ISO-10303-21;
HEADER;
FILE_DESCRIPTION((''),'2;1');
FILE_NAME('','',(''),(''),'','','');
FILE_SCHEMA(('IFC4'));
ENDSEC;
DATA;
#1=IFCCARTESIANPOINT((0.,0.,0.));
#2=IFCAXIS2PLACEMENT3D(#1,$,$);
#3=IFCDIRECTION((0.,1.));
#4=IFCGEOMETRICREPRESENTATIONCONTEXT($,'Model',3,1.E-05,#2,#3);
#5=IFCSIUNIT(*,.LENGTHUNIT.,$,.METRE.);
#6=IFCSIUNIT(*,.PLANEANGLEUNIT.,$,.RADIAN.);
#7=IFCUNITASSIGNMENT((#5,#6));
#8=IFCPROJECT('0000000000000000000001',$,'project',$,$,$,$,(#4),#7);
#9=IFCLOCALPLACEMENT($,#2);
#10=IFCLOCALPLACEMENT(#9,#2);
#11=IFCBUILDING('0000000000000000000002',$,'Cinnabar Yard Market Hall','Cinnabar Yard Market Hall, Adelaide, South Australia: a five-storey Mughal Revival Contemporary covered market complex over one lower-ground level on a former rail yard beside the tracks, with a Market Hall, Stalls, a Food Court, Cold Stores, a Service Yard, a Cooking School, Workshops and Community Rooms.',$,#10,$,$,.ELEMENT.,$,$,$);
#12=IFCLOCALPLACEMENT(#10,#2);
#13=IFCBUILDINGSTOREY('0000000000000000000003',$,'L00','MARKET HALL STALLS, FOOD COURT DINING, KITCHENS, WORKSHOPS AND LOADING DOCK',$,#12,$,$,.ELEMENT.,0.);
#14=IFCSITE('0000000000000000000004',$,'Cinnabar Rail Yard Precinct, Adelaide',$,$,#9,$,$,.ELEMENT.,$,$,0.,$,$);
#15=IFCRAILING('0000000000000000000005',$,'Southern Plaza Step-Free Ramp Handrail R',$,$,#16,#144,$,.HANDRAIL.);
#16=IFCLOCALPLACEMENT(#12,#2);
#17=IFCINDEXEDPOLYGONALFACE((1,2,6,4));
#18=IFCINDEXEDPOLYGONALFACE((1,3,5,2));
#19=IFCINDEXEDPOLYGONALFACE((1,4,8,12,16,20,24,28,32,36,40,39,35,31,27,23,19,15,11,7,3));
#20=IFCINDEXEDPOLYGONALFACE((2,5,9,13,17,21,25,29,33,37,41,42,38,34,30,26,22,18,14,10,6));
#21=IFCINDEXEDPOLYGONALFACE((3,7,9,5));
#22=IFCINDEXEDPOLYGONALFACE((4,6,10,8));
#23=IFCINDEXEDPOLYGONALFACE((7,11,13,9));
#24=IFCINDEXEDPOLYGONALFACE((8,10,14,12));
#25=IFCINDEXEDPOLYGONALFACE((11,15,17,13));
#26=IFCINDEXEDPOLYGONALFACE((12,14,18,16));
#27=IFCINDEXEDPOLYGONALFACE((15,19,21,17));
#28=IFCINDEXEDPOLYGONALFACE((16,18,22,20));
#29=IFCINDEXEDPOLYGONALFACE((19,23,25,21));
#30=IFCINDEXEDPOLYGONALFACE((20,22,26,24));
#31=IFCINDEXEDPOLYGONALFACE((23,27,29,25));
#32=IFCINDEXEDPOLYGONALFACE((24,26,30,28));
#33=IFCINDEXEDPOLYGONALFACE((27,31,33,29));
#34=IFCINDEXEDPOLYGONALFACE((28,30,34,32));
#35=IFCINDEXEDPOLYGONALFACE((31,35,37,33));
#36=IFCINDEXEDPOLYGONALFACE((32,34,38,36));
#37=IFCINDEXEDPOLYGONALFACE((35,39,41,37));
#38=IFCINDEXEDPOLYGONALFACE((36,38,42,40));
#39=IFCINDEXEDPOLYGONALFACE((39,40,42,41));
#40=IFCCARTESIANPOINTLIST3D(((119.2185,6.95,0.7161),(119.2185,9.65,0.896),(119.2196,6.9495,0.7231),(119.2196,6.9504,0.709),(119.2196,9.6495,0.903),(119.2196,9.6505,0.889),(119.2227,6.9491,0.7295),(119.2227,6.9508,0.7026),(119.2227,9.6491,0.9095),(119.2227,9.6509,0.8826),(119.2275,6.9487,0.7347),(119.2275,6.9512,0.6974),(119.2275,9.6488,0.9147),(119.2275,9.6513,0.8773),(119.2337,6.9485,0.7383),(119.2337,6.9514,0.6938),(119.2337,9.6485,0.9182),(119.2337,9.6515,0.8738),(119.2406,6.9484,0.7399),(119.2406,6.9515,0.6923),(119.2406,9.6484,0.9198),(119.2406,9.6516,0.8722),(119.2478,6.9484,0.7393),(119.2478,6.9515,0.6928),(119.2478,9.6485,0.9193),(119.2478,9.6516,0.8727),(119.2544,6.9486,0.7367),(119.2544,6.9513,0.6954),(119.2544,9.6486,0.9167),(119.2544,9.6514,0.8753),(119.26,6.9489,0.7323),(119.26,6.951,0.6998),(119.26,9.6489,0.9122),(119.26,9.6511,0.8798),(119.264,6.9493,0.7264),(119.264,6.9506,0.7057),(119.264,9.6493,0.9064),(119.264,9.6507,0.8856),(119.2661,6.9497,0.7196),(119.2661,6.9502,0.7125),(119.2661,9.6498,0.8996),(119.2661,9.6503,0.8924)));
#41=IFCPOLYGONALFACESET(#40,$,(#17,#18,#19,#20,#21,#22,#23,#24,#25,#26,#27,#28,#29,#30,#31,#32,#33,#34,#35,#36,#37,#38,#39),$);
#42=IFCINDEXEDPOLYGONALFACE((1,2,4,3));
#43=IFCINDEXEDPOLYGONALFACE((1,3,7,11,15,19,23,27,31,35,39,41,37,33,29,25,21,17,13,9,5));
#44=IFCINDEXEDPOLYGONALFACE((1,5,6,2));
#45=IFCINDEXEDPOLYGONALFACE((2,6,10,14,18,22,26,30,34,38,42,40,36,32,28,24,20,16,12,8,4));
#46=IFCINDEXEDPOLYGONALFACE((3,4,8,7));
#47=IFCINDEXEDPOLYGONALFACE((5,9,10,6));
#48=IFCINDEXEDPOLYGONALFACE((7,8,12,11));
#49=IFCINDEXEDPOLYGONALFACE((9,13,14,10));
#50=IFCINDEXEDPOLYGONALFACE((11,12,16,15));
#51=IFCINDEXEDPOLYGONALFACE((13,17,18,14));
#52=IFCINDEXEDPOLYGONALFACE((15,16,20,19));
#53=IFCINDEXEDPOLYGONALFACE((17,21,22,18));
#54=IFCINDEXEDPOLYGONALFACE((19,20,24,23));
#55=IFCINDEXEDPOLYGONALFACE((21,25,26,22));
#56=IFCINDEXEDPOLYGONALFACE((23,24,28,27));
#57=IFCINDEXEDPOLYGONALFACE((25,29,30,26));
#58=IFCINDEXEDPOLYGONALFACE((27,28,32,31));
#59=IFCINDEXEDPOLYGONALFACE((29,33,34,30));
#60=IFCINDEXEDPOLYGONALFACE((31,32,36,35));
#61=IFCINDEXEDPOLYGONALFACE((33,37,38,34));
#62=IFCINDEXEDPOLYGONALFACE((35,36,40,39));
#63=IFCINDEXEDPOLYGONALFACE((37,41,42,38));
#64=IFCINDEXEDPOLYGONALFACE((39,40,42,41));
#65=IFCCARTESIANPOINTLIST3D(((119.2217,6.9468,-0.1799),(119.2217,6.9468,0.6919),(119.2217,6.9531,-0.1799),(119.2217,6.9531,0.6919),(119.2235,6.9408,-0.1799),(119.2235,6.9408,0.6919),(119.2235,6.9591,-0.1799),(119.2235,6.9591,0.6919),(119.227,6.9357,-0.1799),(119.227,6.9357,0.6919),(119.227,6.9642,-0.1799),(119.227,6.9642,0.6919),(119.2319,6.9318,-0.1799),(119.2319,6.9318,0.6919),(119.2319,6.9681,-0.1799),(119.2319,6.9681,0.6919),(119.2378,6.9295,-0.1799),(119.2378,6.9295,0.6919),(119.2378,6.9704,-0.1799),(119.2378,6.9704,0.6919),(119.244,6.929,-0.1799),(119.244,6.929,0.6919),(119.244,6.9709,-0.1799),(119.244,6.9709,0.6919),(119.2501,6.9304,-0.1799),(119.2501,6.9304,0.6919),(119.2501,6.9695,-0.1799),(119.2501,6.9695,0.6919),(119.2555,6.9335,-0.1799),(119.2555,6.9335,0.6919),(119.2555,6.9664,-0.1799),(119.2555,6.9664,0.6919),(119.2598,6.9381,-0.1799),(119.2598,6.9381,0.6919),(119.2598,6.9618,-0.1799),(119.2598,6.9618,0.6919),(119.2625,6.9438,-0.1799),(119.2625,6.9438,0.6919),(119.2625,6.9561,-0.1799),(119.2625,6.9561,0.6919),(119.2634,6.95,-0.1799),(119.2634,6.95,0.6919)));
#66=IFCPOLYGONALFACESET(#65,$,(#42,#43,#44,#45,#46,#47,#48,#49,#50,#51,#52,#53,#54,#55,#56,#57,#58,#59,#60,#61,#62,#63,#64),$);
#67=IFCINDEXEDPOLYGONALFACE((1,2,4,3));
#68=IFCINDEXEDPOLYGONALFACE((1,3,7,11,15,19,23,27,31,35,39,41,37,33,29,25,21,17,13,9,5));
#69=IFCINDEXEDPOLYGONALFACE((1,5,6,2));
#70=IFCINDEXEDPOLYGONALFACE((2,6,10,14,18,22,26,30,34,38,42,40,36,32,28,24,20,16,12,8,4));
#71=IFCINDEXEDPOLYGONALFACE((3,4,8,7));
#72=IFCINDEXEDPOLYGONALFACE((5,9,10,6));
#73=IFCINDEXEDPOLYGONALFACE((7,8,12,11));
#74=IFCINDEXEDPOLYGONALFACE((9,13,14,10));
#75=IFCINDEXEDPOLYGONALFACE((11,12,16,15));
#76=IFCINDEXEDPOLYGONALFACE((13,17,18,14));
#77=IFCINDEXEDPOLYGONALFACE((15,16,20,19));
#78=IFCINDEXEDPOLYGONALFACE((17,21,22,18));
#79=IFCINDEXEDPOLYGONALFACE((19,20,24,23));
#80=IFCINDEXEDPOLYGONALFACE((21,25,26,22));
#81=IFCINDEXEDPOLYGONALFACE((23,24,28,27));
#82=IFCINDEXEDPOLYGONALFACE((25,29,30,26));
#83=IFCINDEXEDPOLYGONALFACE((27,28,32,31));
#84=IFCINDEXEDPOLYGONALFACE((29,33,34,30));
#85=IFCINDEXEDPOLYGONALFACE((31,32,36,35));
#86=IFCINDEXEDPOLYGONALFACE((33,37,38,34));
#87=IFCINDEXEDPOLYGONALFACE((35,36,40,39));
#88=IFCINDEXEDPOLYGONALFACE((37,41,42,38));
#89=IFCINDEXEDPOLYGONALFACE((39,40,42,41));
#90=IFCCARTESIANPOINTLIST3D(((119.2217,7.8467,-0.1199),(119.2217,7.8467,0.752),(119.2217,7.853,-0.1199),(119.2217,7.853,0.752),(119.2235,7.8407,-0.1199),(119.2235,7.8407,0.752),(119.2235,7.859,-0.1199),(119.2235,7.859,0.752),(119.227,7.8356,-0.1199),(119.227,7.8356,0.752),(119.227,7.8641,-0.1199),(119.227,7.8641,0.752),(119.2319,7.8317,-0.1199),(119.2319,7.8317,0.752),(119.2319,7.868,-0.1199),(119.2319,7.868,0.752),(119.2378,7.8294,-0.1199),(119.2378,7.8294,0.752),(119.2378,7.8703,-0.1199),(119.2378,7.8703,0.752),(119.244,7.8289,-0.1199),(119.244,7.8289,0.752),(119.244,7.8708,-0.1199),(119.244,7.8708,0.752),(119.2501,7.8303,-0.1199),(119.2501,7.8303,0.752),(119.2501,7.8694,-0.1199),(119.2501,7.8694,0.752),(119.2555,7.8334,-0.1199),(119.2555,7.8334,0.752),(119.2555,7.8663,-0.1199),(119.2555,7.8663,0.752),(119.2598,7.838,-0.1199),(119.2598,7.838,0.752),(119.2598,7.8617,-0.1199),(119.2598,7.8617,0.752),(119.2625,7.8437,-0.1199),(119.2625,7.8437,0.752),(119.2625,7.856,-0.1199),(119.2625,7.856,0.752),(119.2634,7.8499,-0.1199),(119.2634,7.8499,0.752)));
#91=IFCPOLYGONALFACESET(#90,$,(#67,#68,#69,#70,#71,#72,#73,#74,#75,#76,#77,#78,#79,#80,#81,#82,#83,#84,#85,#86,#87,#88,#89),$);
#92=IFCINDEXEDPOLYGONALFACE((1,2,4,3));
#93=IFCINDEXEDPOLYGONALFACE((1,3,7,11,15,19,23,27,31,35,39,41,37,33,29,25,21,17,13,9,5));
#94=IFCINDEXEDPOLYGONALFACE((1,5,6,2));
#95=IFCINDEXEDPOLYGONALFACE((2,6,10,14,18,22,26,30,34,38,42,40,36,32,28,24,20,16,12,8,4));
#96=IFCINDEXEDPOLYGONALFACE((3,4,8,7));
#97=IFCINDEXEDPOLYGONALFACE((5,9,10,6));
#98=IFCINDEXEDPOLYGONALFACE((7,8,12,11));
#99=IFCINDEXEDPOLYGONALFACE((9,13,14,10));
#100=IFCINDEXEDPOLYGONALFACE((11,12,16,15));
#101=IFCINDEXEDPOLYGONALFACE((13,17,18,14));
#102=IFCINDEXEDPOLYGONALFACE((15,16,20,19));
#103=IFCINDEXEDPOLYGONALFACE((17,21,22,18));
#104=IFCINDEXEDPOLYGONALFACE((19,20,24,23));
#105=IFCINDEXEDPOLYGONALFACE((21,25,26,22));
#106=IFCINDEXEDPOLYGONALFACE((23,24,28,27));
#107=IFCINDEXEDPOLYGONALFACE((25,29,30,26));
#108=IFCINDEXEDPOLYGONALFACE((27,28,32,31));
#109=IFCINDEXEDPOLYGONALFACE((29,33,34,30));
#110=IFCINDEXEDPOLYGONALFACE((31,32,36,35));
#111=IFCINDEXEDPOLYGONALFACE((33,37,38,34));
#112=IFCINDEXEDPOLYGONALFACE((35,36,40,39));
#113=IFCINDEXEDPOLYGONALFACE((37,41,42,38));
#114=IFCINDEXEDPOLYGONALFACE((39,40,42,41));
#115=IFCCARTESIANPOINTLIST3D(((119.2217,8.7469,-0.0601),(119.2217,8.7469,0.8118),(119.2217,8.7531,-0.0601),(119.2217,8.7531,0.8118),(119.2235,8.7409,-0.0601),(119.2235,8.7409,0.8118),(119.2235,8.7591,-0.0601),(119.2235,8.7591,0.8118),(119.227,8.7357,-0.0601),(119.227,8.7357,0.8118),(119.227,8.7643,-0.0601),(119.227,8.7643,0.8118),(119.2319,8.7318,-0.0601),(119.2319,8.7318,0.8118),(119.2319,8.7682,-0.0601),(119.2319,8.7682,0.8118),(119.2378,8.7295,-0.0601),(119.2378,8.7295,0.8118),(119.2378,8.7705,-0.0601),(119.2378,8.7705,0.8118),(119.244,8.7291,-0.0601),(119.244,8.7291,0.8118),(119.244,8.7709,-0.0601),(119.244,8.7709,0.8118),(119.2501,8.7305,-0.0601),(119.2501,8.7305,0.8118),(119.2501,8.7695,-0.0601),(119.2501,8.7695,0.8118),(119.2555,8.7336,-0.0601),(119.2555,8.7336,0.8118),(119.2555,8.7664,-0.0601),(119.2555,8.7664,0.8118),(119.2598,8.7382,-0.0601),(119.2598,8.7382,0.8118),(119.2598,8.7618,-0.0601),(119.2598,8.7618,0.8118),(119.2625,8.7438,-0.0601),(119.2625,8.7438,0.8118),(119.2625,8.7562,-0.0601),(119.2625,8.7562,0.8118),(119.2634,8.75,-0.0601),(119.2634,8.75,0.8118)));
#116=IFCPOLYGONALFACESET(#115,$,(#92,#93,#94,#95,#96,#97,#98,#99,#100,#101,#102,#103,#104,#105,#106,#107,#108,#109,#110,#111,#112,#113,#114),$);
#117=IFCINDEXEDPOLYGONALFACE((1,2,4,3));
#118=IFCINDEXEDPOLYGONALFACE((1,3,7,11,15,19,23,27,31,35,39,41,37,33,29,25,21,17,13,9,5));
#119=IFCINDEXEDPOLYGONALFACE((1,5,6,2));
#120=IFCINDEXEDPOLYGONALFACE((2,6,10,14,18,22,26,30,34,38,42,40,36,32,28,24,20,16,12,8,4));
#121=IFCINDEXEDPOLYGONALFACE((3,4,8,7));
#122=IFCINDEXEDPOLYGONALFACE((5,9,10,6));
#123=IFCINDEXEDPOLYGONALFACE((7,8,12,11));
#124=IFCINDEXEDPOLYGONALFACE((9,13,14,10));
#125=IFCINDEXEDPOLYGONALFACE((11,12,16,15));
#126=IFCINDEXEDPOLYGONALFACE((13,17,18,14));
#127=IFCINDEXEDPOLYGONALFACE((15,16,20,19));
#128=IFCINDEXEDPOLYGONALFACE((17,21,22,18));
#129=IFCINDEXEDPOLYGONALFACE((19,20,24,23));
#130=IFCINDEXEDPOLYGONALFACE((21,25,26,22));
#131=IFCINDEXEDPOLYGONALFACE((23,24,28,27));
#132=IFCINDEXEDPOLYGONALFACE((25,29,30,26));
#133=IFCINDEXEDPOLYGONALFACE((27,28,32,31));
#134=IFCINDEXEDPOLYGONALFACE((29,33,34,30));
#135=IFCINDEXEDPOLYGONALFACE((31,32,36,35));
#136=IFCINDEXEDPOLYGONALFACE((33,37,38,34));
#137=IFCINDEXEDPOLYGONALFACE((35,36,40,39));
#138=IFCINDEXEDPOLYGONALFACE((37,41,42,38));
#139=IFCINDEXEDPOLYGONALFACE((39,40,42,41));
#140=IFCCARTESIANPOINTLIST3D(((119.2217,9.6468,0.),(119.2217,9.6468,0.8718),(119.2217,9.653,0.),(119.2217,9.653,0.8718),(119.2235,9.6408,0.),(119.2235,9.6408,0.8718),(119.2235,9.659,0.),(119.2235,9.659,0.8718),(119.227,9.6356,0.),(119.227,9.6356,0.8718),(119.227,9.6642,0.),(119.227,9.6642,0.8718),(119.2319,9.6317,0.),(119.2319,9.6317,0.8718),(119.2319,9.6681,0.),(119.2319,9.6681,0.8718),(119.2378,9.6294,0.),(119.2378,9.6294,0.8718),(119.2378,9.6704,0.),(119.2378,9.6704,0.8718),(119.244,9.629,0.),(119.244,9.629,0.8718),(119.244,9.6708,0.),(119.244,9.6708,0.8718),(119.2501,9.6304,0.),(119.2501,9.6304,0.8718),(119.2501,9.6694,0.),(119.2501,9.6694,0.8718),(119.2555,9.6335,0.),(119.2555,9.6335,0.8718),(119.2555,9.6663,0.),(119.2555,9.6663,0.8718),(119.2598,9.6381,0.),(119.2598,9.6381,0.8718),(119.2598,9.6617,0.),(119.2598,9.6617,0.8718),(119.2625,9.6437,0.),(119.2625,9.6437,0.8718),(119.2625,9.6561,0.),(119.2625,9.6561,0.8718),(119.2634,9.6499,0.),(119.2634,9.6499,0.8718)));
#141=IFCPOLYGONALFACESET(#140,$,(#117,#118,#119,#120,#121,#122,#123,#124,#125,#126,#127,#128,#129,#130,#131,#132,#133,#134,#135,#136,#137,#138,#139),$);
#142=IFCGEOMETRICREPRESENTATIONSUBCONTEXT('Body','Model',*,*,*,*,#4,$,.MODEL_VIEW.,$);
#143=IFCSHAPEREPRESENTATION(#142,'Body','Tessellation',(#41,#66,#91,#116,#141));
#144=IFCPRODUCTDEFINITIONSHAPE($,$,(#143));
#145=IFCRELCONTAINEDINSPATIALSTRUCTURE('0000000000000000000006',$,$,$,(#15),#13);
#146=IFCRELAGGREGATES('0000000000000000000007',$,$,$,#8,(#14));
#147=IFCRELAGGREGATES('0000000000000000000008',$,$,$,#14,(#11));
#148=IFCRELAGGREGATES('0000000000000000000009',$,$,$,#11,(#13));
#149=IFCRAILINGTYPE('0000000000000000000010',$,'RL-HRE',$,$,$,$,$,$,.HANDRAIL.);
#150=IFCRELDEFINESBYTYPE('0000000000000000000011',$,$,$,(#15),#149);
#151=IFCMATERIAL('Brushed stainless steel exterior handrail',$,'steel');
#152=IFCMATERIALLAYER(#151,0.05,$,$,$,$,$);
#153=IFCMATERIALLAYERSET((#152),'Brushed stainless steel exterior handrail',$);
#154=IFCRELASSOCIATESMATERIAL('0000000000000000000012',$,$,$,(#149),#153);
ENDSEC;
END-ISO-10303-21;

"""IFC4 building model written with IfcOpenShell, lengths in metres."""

from ifc_helpers import new_model, si_unit, direction, frame, origin, origin_2d_with_axis, place, context, subcontext, project, spatial, circle, extrude, material, layer, layer_set, type_object, element, save


model = new_model("IFC4")

# Units and contexts
model_context = context("Model", 3, precision=1e-05, world=origin(), true_north=direction((0.0, 1.0)))
body_context = subcontext(model_context, "Body", "Model", "MODEL_VIEW")
ifc_project = project(units=[si_unit("LENGTHUNIT", "METRE"), si_unit("PLANEANGLEUNIT", "RADIAN")], contexts=[model_context])

# Site, building, storey
site_placement = place(None, origin())
site = spatial("IfcSite", under=ifc_project, at=site_placement, Name="Cinnabar Rail Yard Precinct, Adelaide", CompositionType="ELEMENT", RefElevation=0.0)
building_placement = place(site_placement, origin())
building = spatial("IfcBuilding", under=site, at=building_placement, Name="Cinnabar Yard Market Hall", Description="Cinnabar Yard Market Hall, Adelaide, South Australia: a five-storey Mughal Revival Contemporary covered market complex over one lower-ground level on a former rail yard beside the tracks, with a Market Hall, Stalls, a Food Court, Cold Stores, a Service Yard, a Cooking School, Workshops and Community Rooms.", CompositionType="ELEMENT")
storey_placement = place(building_placement, origin())
storey = spatial("IfcBuildingStorey", under=building, at=storey_placement, Name="L00", Description="MARKET HALL STALLS, FOOD COURT DINING, KITCHENS, WORKSHOPS AND LOADING DOCK", CompositionType="ELEMENT", Elevation=0.0)

# Railing
ifc_material_1 = material(Name="Brushed stainless steel exterior handrail", Category="steel")
ifc_layer_1 = layer(ifc_material_1, 0.05)
ifc_layer_set_1 = layer_set([ifc_layer_1], Name="Brushed stainless steel exterior handrail")
railing_type = type_object("IfcRailingType", Name="RL-HRE", PredefinedType="HANDRAIL", material=ifc_layer_set_1)
railing_placement = place(storey_placement, frame((119.2424, 6.95, -0.1799)))
element("IfcRailing", 1, at=railing_placement, inside=storey, type_object=railing_type, Name="Southern Plaza Step-Free Ramp Handrail R", PredefinedType="HANDRAIL", context=body_context, shape_type="SweptSolid", body=[
    extrude(circle(Radius=0.0239, at=origin_2d_with_axis()), frame((0.0, 0.0, 0.896), z_axis=(0.0, 0.997787, 0.066495), x_axis=(-1.0, 0.0, 0.0)), (0.0, 0.0, 1.0), 2.7061),
    extrude(circle(Radius=0.021, at=origin_2d_with_axis()), origin(), (0.0, 0.0, 1.0), 0.8718),
    extrude(circle(Radius=0.021, at=origin_2d_with_axis()), frame((0.0, 0.8999, 0.0601)), (0.0, 0.0, 1.0), 0.8718),
    extrude(circle(Radius=0.021, at=origin_2d_with_axis()), frame((0.0, 1.8, 0.1199)), (0.0, 0.0, 1.0), 0.8718),
    extrude(circle(Radius=0.021, at=origin_2d_with_axis()), frame((0.0, 2.7, 0.1799)), (0.0, 0.0, 1.0), 0.8718),
])

save(model, "model.ifc")
